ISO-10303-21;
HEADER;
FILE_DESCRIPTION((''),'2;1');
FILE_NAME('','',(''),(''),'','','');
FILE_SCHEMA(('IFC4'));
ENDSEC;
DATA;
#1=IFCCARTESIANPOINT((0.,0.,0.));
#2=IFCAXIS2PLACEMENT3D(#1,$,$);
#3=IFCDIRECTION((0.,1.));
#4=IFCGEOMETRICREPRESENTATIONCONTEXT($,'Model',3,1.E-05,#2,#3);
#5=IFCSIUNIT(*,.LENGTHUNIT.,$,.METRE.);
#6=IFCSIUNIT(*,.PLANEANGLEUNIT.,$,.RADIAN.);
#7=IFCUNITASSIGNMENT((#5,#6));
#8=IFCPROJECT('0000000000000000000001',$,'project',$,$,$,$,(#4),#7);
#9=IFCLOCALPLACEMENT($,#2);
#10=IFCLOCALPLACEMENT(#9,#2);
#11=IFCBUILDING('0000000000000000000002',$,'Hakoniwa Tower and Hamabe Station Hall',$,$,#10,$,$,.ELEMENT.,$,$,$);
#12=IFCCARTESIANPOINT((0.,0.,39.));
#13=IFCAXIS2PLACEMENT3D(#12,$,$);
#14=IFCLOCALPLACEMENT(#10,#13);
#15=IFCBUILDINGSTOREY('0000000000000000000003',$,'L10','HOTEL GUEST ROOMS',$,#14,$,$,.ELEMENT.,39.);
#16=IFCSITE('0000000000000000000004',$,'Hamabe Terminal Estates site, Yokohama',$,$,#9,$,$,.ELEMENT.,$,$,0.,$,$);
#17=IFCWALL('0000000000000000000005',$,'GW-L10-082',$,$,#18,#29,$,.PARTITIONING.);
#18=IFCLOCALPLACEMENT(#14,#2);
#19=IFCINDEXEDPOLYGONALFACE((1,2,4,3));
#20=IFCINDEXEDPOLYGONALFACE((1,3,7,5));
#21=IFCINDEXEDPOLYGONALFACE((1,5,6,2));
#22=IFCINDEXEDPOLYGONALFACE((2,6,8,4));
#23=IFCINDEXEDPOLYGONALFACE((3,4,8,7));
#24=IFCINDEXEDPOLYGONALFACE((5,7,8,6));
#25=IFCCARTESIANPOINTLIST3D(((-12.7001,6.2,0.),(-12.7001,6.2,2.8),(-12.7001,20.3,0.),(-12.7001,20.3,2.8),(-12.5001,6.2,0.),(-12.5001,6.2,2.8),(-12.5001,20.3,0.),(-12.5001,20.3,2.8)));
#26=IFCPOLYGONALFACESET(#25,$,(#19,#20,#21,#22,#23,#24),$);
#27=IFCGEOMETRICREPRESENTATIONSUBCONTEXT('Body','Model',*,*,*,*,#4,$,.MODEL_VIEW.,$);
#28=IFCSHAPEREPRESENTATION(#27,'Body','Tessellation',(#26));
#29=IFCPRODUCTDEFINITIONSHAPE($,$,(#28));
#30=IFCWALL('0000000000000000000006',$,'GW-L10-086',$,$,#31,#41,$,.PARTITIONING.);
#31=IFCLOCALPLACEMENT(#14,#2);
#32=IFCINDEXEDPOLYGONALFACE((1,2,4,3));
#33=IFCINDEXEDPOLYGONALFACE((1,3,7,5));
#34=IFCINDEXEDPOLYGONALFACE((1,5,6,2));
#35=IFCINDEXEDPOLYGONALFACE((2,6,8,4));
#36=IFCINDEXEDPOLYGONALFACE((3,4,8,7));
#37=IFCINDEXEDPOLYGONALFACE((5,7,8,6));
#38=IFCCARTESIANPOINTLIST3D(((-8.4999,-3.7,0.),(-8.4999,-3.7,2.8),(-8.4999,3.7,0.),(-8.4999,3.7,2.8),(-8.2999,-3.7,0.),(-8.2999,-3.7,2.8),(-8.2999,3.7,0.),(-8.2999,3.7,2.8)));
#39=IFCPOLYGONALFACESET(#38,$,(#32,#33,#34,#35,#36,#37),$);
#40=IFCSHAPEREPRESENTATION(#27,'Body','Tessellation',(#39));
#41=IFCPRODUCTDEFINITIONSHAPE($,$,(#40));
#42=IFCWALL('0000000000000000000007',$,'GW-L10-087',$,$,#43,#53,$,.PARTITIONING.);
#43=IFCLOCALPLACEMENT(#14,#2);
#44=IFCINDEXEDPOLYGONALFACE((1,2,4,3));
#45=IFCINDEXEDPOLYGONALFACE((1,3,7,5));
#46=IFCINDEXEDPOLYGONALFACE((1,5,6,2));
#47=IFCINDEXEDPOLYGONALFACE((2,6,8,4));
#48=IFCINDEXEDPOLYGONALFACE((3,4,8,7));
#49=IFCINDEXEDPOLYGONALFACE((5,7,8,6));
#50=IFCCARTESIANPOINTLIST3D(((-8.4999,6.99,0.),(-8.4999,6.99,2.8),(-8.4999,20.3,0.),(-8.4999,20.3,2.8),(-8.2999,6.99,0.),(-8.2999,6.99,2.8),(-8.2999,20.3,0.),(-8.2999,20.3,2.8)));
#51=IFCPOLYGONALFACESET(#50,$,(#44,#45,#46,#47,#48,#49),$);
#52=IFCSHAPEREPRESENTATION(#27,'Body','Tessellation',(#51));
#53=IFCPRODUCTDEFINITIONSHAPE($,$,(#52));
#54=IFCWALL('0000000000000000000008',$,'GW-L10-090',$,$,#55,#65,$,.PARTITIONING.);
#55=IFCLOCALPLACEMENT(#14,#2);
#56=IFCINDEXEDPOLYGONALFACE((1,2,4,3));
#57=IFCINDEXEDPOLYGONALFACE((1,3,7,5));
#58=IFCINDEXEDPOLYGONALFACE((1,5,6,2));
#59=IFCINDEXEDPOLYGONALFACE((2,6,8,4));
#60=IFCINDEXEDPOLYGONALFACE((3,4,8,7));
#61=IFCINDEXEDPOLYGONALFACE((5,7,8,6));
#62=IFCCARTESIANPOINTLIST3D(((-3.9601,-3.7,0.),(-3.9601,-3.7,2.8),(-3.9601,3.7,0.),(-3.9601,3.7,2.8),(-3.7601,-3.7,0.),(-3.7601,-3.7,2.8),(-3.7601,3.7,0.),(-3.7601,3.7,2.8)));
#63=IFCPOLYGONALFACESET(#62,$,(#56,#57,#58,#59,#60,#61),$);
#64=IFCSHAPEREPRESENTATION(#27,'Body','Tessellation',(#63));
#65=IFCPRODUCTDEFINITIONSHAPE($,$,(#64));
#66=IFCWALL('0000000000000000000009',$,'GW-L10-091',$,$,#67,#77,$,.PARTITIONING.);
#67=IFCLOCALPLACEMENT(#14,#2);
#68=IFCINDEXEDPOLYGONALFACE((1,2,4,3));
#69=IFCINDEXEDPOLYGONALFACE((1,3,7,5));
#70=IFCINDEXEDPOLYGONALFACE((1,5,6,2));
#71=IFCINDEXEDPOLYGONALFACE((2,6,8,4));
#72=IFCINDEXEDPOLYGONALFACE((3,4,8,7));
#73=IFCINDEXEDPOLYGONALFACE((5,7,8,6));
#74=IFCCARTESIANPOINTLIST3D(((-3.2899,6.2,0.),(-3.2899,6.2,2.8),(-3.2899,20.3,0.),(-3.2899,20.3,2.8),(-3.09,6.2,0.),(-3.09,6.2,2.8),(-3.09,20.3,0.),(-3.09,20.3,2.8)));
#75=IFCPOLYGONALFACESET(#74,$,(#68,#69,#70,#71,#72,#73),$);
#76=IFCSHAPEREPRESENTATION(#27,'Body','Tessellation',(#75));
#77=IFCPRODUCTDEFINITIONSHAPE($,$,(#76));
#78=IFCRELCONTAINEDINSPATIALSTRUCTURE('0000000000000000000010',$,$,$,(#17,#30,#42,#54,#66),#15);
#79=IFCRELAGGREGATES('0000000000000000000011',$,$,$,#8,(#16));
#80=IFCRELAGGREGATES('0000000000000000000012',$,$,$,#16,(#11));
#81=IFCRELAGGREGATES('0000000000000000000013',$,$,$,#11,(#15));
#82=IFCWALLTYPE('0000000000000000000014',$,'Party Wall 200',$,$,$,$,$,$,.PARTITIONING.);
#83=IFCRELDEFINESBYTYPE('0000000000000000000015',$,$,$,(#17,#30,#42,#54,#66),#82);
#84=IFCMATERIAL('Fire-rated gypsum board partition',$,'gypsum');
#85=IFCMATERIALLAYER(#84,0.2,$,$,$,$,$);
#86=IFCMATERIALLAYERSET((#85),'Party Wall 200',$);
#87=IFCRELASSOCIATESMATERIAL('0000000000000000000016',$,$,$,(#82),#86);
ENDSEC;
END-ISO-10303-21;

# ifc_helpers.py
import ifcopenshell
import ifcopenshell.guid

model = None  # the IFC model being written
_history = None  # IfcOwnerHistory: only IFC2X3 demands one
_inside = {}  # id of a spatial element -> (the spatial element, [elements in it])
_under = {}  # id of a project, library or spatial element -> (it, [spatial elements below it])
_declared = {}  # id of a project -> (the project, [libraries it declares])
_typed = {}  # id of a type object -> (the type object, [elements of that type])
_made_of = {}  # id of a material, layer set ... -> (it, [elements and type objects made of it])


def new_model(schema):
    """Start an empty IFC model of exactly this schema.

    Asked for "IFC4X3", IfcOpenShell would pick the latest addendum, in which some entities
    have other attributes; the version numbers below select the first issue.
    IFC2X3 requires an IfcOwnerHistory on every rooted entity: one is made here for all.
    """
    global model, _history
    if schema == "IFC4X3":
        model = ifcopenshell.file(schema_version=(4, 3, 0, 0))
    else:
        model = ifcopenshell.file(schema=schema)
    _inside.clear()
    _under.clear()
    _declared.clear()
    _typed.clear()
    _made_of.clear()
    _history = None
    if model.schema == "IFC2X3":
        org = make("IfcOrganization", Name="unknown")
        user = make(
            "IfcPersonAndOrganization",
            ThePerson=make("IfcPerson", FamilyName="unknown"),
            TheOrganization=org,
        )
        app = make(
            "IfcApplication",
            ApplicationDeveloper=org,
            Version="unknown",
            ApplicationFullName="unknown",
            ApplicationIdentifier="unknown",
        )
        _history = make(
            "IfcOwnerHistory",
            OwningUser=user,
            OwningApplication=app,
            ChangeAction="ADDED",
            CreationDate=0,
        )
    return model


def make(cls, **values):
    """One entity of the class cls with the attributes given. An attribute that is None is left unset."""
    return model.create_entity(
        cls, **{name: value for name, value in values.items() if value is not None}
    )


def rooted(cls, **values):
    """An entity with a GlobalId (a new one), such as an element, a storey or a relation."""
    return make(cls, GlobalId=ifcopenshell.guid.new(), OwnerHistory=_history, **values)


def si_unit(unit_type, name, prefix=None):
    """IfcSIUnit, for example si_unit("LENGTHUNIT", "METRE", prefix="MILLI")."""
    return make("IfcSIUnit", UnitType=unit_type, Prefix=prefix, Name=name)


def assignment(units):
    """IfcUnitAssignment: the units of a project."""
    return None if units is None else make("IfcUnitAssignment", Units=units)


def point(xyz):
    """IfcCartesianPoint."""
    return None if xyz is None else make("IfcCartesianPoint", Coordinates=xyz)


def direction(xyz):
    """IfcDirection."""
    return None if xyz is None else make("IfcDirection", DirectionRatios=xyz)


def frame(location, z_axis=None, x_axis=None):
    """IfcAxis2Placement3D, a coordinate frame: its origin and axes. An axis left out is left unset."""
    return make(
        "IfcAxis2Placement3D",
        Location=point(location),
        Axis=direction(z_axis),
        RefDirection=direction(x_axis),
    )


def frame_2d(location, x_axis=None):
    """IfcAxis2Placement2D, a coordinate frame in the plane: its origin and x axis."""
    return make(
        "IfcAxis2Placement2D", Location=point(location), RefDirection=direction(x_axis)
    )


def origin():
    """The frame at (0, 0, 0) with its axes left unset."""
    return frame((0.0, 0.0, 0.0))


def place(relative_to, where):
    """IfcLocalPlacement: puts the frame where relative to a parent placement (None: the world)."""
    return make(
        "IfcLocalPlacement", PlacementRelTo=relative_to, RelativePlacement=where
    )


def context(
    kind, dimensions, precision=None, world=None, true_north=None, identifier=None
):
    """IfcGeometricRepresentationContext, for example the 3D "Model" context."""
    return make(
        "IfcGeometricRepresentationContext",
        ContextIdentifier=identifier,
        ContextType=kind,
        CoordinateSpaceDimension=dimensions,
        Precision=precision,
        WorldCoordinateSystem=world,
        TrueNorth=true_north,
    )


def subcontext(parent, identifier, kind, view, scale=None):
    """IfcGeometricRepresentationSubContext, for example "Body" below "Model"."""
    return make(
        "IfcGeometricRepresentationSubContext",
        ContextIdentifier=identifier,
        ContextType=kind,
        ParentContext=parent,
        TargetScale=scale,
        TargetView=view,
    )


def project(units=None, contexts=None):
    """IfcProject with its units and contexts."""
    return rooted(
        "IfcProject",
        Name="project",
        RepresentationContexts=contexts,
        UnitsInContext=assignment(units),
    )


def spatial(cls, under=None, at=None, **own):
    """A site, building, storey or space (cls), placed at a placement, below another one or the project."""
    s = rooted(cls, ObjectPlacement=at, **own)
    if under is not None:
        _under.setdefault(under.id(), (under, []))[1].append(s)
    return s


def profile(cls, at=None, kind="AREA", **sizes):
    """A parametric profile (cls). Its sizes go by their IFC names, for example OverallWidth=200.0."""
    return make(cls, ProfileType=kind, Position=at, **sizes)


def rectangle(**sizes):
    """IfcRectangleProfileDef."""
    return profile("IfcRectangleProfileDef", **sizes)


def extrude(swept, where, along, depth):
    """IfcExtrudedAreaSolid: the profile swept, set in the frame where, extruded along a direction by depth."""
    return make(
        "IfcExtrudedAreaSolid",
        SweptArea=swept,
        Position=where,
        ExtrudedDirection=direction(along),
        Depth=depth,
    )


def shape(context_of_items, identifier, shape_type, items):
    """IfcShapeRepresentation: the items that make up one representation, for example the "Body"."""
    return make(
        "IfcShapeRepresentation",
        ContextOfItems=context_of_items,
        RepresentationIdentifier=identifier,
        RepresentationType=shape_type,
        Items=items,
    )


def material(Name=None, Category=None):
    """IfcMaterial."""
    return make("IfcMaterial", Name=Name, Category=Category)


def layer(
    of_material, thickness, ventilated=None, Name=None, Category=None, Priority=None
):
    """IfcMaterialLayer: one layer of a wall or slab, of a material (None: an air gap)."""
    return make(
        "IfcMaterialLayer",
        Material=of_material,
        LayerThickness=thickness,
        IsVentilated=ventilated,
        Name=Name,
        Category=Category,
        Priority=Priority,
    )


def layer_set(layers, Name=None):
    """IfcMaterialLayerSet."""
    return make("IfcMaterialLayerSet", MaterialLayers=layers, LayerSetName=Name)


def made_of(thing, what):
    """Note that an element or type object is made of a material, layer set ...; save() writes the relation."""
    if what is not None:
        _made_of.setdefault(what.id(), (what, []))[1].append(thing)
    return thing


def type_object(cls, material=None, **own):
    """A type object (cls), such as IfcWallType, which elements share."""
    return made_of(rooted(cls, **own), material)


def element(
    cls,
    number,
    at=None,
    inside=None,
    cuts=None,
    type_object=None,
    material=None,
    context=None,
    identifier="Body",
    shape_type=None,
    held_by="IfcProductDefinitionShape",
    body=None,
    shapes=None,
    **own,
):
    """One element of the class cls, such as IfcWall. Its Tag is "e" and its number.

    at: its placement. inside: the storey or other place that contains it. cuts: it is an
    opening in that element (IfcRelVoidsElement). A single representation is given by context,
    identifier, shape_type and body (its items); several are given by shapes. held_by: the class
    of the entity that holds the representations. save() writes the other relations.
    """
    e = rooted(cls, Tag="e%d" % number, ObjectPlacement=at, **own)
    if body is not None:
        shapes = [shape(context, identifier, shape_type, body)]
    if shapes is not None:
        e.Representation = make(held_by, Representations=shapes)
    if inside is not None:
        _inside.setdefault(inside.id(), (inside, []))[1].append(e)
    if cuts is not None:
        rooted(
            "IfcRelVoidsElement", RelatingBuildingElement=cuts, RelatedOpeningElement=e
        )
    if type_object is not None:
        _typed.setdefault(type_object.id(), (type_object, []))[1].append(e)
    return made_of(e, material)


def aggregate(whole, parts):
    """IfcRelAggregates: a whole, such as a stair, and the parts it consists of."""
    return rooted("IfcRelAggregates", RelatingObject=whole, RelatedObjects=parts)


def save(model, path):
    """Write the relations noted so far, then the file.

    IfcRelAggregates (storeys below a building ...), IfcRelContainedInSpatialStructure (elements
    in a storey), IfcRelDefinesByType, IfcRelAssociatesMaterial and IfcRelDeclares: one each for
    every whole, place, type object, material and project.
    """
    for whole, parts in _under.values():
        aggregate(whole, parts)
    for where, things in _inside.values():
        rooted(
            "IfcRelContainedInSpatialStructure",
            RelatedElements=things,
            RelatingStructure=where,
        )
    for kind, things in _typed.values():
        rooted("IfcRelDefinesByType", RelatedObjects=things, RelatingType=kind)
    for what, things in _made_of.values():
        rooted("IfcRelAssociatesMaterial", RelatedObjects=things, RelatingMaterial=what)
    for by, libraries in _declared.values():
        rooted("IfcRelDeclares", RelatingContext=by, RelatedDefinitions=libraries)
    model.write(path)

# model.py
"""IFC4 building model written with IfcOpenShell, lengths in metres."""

from ifc_helpers import new_model, si_unit, direction, frame, frame_2d, origin, place, context, subcontext, project, spatial, rectangle, extrude, material, layer, layer_set, type_object, element, save


model = new_model("IFC4")

# Units and contexts
model_context = context("Model", 3, precision=1e-05, world=origin(), true_north=direction((0.0, 1.0)))
body_context = subcontext(model_context, "Body", "Model", "MODEL_VIEW")
ifc_project = project(units=[si_unit("LENGTHUNIT", "METRE"), si_unit("PLANEANGLEUNIT", "RADIAN")], contexts=[model_context])

# Site, building, storey
site_placement = place(None, origin())
site = spatial("IfcSite", under=ifc_project, at=site_placement, Name="Hamabe Terminal Estates site, Yokohama", CompositionType="ELEMENT", RefElevation=0.0)
building_placement = place(site_placement, origin())
building = spatial("IfcBuilding", under=site, at=building_placement, Name="Hakoniwa Tower and Hamabe Station Hall", CompositionType="ELEMENT")
storey_placement = place(building_placement, frame((0.0, 0.0, 39.0)))
storey = spatial("IfcBuildingStorey", under=building, at=storey_placement, Name="L10", Description="HOTEL GUEST ROOMS", CompositionType="ELEMENT", Elevation=39.0)

# Walls
ifc_material_1 = material(Name="Fire-rated gypsum board partition", Category="gypsum")
ifc_layer_1 = layer(ifc_material_1, 0.2)
ifc_layer_set_1 = layer_set([ifc_layer_1], Name="Party Wall 200")
wall_type_1 = type_object("IfcWallType", Name="Party Wall 200", PredefinedType="PARTITIONING", material=ifc_layer_set_1)
wall_1_placement = place(storey_placement, frame((-12.6001, 6.2, 0.0), z_axis=(0.0, 0.0, 1.0), x_axis=(0.0, 1.0, 0.0)))
element("IfcWall", 1, at=wall_1_placement, inside=storey, type_object=wall_type_1, Name="GW-L10-082", PredefinedType="PARTITIONING", context=body_context, shape_type="SweptSolid", body=[
    extrude(rectangle(XDim=14.1001, YDim=0.2, at=frame_2d((7.05, 0.0))), origin(), (0.0, 0.0, 1.0), 2.8),
])
wall_2_placement = place(storey_placement, frame((-8.3999, -3.7, 0.0), z_axis=(0.0, 0.0, 1.0), x_axis=(0.0, 1.0, 0.0)))
element("IfcWall", 2, at=wall_2_placement, inside=storey, type_object=wall_type_1, Name="GW-L10-086", PredefinedType="PARTITIONING", context=body_context, shape_type="SweptSolid", body=[
    extrude(rectangle(XDim=7.3999, YDim=0.2, at=frame_2d((3.7, 0.0))), origin(), (0.0, 0.0, 1.0), 2.8),
])
wall_3_placement = place(storey_placement, frame((-8.3999, 6.99, 0.0), z_axis=(0.0, 0.0, 1.0), x_axis=(0.0, 1.0, 0.0)))
element("IfcWall", 3, at=wall_3_placement, inside=storey, type_object=wall_type_1, Name="GW-L10-087", PredefinedType="PARTITIONING", context=body_context, shape_type="SweptSolid", body=[
    extrude(rectangle(XDim=13.3101, YDim=0.2, at=frame_2d((6.655, 0.0))), origin(), (0.0, 0.0, 1.0), 2.8),
])
wall_4_placement = place(storey_placement, frame((-3.8601, -3.7, 0.0), z_axis=(0.0, 0.0, 1.0), x_axis=(0.0, 1.0, 0.0)))
element("IfcWall", 4, at=wall_4_placement, inside=storey, type_object=wall_type_1, Name="GW-L10-090", PredefinedType="PARTITIONING", context=body_context, shape_type="SweptSolid", body=[
    extrude(rectangle(XDim=7.3999, YDim=0.2, at=frame_2d((3.7, 0.0))), origin(), (0.0, 0.0, 1.0), 2.8),
])
wall_5_placement = place(storey_placement, frame((-3.1899, 6.2, 0.0), z_axis=(0.0, 0.0, 1.0), x_axis=(0.0, 1.0, 0.0)))
element("IfcWall", 5, at=wall_5_placement, inside=storey, type_object=wall_type_1, Name="GW-L10-091", PredefinedType="PARTITIONING", context=body_context, shape_type="SweptSolid", body=[
    extrude(rectangle(XDim=14.1001, YDim=0.2, at=frame_2d((7.05, 0.0))), origin(), (0.0, 0.0, 1.0), 2.8),
])

save(model, "model.ifc")
